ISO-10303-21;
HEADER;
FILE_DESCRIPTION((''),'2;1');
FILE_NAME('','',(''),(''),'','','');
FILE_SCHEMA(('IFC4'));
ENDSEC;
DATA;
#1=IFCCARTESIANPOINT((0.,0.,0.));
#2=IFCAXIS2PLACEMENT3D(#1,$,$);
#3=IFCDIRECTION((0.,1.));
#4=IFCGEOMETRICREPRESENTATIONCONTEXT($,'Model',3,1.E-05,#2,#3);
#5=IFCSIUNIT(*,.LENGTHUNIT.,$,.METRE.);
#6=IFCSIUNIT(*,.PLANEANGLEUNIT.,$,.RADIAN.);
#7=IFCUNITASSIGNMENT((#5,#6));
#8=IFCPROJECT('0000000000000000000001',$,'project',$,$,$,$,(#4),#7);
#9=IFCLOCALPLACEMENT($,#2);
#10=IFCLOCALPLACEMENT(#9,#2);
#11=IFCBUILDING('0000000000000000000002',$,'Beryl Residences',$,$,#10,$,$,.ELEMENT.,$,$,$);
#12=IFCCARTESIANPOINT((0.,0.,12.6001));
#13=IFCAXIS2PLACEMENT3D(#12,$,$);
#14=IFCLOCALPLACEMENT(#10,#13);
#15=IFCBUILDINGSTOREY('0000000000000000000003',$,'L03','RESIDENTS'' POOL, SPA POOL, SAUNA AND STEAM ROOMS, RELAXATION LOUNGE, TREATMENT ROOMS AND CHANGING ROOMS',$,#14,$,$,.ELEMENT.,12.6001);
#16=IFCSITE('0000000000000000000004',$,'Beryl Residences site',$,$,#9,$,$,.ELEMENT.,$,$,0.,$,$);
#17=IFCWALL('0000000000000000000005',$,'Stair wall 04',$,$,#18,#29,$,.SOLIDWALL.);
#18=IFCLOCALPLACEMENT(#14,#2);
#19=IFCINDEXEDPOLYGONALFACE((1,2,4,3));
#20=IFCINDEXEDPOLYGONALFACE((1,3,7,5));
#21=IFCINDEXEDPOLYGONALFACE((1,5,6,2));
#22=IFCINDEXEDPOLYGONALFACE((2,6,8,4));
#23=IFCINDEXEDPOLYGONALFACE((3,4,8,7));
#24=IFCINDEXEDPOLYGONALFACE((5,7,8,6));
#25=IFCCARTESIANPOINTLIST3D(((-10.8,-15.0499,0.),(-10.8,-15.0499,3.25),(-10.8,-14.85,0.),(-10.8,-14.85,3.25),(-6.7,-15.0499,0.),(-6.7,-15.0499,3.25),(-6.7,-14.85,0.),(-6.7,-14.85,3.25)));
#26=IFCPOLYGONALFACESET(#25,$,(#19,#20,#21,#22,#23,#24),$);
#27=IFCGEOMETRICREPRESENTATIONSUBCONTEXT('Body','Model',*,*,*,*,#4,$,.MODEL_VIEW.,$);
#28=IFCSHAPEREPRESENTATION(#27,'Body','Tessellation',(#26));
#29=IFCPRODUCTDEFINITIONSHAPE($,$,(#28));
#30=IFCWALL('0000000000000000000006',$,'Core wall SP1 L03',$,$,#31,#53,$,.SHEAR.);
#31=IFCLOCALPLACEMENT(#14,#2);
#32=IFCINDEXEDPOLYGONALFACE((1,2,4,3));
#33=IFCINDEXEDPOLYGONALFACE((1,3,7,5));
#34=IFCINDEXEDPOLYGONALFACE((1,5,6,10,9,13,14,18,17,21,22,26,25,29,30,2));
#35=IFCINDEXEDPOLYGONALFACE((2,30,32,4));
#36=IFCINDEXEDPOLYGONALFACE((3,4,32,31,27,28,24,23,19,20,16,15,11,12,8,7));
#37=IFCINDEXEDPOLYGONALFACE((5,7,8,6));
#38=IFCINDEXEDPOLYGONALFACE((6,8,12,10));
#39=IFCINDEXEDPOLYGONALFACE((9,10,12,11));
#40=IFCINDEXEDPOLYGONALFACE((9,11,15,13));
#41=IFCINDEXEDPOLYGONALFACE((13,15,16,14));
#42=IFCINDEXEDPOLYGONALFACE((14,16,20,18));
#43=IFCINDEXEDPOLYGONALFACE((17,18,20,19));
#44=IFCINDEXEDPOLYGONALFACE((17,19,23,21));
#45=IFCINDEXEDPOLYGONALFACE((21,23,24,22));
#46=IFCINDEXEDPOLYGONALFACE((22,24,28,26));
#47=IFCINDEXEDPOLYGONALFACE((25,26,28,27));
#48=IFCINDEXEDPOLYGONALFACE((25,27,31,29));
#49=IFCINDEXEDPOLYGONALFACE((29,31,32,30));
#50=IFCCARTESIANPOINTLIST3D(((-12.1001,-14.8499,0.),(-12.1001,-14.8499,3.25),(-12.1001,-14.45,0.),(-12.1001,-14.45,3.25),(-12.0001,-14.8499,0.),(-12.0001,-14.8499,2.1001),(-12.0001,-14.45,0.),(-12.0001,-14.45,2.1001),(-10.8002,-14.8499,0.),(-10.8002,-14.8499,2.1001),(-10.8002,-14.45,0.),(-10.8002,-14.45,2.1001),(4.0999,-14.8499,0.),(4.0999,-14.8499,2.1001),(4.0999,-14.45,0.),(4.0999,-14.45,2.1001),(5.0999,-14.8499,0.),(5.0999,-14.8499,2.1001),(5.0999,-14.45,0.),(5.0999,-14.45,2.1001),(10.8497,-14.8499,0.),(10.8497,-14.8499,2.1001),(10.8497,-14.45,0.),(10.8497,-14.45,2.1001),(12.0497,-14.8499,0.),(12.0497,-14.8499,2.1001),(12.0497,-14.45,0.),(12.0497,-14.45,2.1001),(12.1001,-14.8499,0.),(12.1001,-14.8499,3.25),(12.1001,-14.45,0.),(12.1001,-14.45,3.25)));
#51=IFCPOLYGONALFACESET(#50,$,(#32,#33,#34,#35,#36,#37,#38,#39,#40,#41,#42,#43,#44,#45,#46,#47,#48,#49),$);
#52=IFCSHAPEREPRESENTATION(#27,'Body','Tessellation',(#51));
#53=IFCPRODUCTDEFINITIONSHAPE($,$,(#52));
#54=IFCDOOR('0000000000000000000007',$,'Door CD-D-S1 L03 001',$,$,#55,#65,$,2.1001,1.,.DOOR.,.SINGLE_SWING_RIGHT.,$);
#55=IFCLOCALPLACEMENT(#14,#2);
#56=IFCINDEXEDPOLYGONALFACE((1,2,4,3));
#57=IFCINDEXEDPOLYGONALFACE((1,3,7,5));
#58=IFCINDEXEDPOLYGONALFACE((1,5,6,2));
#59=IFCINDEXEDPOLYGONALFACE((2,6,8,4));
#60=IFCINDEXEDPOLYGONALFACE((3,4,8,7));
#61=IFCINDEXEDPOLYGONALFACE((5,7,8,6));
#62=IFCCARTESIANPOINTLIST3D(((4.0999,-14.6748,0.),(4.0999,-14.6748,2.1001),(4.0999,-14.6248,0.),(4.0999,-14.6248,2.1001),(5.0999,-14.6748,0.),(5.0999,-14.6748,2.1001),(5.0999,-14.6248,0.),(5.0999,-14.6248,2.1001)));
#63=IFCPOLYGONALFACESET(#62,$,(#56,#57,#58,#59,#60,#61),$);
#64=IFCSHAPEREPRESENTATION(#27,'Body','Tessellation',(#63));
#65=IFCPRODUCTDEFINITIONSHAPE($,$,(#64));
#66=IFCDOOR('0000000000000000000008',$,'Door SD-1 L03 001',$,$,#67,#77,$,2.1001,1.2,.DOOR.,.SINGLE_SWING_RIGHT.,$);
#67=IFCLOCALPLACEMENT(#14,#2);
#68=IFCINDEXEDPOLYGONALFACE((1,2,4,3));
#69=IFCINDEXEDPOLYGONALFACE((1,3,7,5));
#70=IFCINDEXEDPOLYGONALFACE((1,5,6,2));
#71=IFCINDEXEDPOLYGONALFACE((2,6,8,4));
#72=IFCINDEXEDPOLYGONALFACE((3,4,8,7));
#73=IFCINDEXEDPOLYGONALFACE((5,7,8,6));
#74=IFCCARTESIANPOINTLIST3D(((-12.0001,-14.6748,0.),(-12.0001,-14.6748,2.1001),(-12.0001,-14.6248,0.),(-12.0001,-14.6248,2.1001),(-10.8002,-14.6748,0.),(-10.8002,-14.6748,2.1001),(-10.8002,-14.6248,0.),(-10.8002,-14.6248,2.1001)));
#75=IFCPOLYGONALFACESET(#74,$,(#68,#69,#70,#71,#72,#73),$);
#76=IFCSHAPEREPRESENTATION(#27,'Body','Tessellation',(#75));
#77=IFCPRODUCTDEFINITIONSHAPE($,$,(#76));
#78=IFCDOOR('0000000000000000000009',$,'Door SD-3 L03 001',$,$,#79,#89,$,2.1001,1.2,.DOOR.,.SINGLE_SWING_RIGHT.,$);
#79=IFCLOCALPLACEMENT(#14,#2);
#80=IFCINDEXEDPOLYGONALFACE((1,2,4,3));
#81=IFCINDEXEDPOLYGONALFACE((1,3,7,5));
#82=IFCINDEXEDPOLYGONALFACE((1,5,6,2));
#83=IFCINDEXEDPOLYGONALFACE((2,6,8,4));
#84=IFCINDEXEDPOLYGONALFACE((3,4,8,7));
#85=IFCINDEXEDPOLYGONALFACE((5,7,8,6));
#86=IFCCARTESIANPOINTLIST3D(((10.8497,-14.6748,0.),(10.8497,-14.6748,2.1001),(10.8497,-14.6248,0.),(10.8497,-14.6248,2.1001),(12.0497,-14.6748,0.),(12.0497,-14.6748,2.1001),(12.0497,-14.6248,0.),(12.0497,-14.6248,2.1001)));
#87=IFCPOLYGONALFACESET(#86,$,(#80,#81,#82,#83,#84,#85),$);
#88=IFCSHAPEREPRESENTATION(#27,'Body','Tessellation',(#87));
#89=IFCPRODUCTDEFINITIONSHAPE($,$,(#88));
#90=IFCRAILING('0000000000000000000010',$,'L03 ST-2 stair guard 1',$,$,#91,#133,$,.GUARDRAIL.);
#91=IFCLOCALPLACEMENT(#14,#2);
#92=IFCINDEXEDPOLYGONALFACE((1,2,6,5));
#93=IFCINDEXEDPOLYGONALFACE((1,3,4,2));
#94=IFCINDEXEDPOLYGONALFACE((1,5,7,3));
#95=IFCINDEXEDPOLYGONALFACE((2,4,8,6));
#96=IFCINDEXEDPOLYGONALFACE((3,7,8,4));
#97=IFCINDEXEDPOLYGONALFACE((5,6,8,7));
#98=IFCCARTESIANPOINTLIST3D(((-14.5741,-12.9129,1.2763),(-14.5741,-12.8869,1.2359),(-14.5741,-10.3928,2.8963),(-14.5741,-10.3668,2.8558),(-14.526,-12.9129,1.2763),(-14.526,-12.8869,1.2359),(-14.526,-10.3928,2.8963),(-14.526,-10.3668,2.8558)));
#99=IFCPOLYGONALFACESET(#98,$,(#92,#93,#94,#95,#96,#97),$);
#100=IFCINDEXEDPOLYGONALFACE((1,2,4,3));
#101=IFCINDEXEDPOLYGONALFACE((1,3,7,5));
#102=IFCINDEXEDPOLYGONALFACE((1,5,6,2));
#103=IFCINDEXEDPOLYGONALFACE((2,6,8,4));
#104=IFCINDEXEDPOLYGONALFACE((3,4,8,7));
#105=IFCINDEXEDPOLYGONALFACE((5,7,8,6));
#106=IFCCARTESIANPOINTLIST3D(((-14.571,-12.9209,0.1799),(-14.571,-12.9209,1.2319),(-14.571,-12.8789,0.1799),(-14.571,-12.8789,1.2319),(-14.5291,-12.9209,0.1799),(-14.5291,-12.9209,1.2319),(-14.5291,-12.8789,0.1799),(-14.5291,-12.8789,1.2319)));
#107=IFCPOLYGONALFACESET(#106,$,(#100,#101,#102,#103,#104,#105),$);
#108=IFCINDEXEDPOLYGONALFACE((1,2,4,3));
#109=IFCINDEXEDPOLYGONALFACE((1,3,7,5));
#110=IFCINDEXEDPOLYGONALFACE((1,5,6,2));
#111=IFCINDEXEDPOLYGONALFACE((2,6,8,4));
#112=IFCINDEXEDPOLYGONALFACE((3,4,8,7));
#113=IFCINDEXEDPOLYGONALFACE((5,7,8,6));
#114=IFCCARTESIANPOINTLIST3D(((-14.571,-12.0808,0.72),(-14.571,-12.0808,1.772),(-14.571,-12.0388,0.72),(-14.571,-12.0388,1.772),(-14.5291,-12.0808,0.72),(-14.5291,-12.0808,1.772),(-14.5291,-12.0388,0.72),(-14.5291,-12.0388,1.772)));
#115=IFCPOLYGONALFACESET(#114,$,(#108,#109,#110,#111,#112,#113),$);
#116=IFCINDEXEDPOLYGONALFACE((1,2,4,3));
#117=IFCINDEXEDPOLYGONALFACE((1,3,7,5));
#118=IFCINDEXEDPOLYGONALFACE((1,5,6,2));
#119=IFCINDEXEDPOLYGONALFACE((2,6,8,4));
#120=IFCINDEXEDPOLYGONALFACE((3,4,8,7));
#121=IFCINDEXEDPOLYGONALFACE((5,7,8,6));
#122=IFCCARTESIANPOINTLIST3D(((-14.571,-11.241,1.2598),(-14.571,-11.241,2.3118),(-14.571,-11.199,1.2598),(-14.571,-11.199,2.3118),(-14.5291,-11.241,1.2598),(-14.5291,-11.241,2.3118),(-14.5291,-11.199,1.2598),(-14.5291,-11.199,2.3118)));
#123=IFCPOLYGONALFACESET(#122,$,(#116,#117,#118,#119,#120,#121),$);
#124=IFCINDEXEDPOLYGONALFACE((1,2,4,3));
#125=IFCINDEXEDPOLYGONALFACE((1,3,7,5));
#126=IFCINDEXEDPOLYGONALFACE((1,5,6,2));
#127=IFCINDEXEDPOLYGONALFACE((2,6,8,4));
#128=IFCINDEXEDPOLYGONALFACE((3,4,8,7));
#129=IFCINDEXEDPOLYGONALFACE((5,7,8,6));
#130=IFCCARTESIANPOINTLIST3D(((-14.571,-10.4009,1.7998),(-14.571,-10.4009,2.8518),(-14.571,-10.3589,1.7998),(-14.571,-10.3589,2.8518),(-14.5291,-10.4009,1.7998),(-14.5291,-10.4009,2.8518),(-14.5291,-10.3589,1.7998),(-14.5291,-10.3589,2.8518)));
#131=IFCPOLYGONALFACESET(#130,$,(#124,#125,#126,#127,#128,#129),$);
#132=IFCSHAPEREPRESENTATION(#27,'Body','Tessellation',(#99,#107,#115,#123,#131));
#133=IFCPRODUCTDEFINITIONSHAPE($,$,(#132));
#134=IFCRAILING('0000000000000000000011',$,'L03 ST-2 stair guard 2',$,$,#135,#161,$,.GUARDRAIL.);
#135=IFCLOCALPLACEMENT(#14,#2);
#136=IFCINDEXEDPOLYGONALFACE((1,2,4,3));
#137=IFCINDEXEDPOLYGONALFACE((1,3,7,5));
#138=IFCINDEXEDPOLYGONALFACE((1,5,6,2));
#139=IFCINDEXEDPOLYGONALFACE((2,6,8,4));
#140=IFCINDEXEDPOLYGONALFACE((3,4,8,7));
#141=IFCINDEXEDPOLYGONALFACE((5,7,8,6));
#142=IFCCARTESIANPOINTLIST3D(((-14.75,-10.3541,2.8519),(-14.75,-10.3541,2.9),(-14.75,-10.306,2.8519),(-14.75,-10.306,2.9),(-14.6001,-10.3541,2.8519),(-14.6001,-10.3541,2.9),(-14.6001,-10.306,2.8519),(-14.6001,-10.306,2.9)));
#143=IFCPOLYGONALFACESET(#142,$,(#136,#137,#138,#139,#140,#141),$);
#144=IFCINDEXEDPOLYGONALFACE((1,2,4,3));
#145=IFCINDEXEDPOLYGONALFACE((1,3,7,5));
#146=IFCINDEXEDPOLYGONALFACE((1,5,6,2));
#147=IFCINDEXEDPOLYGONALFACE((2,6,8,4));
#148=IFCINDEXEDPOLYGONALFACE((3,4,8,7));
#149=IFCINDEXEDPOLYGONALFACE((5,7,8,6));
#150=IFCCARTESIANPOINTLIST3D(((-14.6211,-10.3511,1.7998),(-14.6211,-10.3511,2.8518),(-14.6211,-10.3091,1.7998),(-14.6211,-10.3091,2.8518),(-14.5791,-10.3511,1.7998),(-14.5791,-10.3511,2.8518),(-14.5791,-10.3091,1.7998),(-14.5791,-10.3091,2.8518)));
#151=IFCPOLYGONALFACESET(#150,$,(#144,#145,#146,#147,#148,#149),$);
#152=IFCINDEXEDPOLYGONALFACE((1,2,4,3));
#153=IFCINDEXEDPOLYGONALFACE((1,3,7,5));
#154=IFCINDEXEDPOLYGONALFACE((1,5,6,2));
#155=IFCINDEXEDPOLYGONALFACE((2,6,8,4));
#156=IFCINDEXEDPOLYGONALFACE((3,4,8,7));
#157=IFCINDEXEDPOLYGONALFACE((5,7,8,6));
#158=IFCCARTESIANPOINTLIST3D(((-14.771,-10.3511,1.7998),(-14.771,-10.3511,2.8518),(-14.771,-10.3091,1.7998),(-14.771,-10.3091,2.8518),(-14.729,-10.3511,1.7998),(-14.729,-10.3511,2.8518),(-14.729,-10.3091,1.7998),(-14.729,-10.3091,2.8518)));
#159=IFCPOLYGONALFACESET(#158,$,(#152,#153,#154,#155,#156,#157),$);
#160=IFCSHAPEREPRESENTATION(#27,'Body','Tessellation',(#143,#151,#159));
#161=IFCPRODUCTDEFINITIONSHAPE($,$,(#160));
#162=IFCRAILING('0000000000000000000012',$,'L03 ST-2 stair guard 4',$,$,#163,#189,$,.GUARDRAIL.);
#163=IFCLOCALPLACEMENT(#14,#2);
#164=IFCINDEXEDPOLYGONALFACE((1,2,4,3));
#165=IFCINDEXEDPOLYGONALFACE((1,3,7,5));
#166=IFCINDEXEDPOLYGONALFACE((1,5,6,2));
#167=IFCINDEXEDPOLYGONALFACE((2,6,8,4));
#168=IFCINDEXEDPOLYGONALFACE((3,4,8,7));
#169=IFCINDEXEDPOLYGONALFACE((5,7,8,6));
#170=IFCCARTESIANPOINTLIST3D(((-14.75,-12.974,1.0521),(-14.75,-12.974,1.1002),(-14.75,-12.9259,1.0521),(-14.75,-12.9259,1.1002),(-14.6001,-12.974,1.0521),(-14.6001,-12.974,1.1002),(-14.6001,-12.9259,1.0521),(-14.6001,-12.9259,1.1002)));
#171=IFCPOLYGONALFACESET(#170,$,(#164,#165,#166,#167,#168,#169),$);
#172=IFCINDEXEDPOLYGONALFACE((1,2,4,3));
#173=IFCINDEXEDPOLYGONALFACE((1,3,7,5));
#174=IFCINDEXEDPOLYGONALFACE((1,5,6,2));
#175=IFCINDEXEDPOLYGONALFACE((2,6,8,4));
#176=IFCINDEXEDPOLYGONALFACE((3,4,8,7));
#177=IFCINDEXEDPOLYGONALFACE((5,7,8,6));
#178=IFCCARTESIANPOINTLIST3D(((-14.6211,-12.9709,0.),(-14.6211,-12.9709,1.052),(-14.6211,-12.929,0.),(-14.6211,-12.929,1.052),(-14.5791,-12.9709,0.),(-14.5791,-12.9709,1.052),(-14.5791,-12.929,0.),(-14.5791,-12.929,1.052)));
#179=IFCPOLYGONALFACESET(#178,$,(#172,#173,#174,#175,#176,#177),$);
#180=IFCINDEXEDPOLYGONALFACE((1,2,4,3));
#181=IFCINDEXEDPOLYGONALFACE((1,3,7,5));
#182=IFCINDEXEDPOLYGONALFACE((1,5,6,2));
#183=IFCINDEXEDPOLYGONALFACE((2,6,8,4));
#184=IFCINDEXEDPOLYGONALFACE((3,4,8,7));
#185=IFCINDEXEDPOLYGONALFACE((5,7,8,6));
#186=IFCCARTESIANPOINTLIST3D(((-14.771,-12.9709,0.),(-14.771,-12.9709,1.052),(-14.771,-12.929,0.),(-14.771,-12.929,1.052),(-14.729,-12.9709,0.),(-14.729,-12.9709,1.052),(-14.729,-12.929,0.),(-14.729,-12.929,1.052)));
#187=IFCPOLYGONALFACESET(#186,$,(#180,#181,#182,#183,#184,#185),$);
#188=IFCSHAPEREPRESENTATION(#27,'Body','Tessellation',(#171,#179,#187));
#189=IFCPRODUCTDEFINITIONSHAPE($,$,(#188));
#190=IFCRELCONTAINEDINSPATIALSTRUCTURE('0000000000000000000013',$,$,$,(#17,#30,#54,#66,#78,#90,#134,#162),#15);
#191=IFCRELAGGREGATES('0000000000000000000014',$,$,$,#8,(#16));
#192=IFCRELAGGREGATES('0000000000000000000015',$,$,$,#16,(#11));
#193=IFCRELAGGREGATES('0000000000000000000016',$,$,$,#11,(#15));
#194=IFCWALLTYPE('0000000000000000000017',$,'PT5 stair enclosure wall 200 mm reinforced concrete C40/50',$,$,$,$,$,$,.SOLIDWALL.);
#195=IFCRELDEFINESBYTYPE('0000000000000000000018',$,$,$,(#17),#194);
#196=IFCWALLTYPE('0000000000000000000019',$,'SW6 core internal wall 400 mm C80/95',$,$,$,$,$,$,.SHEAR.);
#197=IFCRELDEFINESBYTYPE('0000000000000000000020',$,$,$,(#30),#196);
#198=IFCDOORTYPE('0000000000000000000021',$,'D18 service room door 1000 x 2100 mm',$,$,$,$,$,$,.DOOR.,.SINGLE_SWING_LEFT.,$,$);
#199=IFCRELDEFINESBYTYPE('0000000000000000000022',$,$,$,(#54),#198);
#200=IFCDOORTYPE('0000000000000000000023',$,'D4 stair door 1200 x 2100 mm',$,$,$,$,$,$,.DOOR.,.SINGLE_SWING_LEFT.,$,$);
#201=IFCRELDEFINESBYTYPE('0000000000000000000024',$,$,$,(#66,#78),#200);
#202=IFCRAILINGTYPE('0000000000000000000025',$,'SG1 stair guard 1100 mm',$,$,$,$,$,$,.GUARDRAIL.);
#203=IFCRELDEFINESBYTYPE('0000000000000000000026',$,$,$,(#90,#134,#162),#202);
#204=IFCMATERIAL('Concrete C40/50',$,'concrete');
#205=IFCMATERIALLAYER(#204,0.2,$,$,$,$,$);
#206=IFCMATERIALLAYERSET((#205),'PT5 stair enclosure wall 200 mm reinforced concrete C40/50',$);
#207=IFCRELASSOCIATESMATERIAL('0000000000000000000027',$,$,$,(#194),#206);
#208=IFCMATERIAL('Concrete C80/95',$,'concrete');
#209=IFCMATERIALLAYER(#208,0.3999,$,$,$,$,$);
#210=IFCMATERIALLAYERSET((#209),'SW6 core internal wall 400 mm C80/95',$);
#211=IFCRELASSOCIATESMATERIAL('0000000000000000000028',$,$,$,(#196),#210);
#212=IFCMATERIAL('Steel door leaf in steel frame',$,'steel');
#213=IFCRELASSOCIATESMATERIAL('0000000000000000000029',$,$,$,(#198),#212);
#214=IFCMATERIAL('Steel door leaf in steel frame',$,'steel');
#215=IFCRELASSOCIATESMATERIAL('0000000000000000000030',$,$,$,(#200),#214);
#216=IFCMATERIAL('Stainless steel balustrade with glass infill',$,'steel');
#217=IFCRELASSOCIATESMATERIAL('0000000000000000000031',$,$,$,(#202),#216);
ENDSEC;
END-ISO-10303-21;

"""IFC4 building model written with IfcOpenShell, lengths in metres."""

from ifc_helpers import new_model, si_unit, direction, frame, frame_2d, origin, origin_2d, place, context, subcontext, project, spatial, rectangle, extrude, material, layer, layer_set, type_object, element, fill, save


model = new_model("IFC4")

# Units and contexts
model_context = context("Model", 3, precision=1e-05, world=origin(), true_north=direction((0.0, 1.0)))
body_context = subcontext(model_context, "Body", "Model", "MODEL_VIEW")
ifc_project = project(units=[si_unit("LENGTHUNIT", "METRE"), si_unit("PLANEANGLEUNIT", "RADIAN")], contexts=[model_context])

# Site, building, storey
site_placement = place(None, origin())
site = spatial("IfcSite", under=ifc_project, at=site_placement, Name="Beryl Residences site", CompositionType="ELEMENT", RefElevation=0.0)
building_placement = place(site_placement, origin())
building = spatial("IfcBuilding", under=site, at=building_placement, Name="Beryl Residences", CompositionType="ELEMENT")
storey_placement = place(building_placement, frame((0.0, 0.0, 12.6001)))
storey = spatial("IfcBuildingStorey", under=building, at=storey_placement, Name="L03", Description="RESIDENTS' POOL, SPA POOL, SAUNA AND STEAM ROOMS, RELAXATION LOUNGE, TREATMENT ROOMS AND CHANGING ROOMS", CompositionType="ELEMENT", Elevation=12.6001)

# Wall
ifc_material_1 = material(Name="Concrete C40/50", Category="concrete")
ifc_layer_1 = layer(ifc_material_1, 0.2)
ifc_layer_set_1 = layer_set([ifc_layer_1], Name="PT5 stair enclosure wall 200 mm reinforced concrete C40/50")
wall_type_1 = type_object("IfcWallType", Name="PT5 stair enclosure wall 200 mm reinforced concrete C40/50", PredefinedType="SOLIDWALL", material=ifc_layer_set_1)
wall_1_placement = place(storey_placement, frame((-10.8, -14.95, 0.0), z_axis=(0.0, 0.0, 1.0), x_axis=(1.0, 0.0, 0.0)))
element("IfcWall", 1, at=wall_1_placement, inside=storey, type_object=wall_type_1, Name="Stair wall 04", PredefinedType="SOLIDWALL", context=body_context, shape_type="SweptSolid", body=[
    extrude(rectangle(XDim=4.1001, YDim=0.2, at=frame_2d((2.05, 0.0))), origin(), (0.0, 0.0, 1.0), 3.25),
])

# Wall, openings, doors
ifc_material_2 = material(Name="Concrete C80/95", Category="concrete")
ifc_layer_2 = layer(ifc_material_2, 0.3999)
ifc_layer_set_2 = layer_set([ifc_layer_2], Name="SW6 core internal wall 400 mm C80/95")
wall_type_2 = type_object("IfcWallType", Name="SW6 core internal wall 400 mm C80/95", PredefinedType="SHEAR", material=ifc_layer_set_2)
wall_2_placement = place(storey_placement, frame((-12.1001, -14.6499, 0.0), z_axis=(0.0, 0.0, 1.0), x_axis=(1.0, 0.0, 0.0)))
wall_2 = element("IfcWall", 2, at=wall_2_placement, inside=storey, type_object=wall_type_2, Name="Core wall SP1 L03", PredefinedType="SHEAR", context=body_context, shape_type="SweptSolid", body=[
    extrude(rectangle(XDim=24.2002, YDim=0.3999, at=frame_2d((12.1001, 0.0))), origin(), (0.0, 0.0, 1.0), 3.25),
])
opening_1_placement = place(wall_2_placement, frame((1.3, 0.0, 0.0), z_axis=(0.0, 0.0, 1.0), x_axis=(-1.0, 0.0, 0.0)))
opening_1 = element("IfcOpeningElement", 3, at=opening_1_placement, cuts=wall_2, PredefinedType="OPENING", context=body_context, shape_type="SweptSolid", body=[
    extrude(rectangle(XDim=1.2, YDim=2.1001, at=frame_2d((0.6001, 1.05))), frame((0.0, 0.21, 0.0), z_axis=(0.0, -1.0, 0.0), x_axis=(1.0, 0.0, 0.0)), (0.0, 0.0, 1.0), 0.4199),
])
opening_2_placement = place(wall_2_placement, frame((24.1499, 0.0, 0.0), z_axis=(0.0, 0.0, 1.0), x_axis=(-1.0, 0.0, 0.0)))
opening_2 = element("IfcOpeningElement", 4, at=opening_2_placement, cuts=wall_2, PredefinedType="OPENING", context=body_context, shape_type="SweptSolid", body=[
    extrude(rectangle(XDim=1.2, YDim=2.1001, at=frame_2d((0.6001, 1.05))), frame((0.0, 0.21, 0.0), z_axis=(0.0, -1.0, 0.0), x_axis=(1.0, 0.0, 0.0)), (0.0, 0.0, 1.0), 0.4199),
])
opening_3_placement = place(wall_2_placement, frame((17.2, 0.0, 0.0), z_axis=(0.0, 0.0, 1.0), x_axis=(-1.0, 0.0, 0.0)))
opening_3 = element("IfcOpeningElement", 5, at=opening_3_placement, cuts=wall_2, PredefinedType="OPENING", context=body_context, shape_type="SweptSolid", body=[
    extrude(rectangle(XDim=1.0, YDim=2.1001, at=frame_2d((0.5, 1.05))), frame((0.0, 0.21, 0.0), z_axis=(0.0, -1.0, 0.0), x_axis=(1.0, 0.0, 0.0)), (0.0, 0.0, 1.0), 0.4199),
])
ifc_material_3 = material(Name="Steel door leaf in steel frame", Category="steel")
door_type_1 = type_object("IfcDoorType", Name="D18 service room door 1000 x 2100 mm", OperationType="SINGLE_SWING_LEFT", PredefinedType="DOOR", material=ifc_material_3)
door_1_placement = place(opening_3_placement, origin())
door_1 = element("IfcDoor", 6, at=door_1_placement, inside=storey, type_object=door_type_1, Name="Door CD-D-S1 L03 001", OperationType="SINGLE_SWING_RIGHT", OverallHeight=2.1001, OverallWidth=1.0, PredefinedType="DOOR", context=body_context, shape_type="SweptSolid", body=[
    extrude(rectangle(XDim=1.0, YDim=2.1001, at=frame_2d((0.5, 1.05))), frame((0.0, 0.0249, 0.0), z_axis=(0.0, -1.0, 0.0), x_axis=(1.0, 0.0, 0.0)), (0.0, 0.0, 1.0), 0.05),
])
fill(opening_3, door_1)
ifc_material_4 = material(Name="Steel door leaf in steel frame", Category="steel")
door_type_2 = type_object("IfcDoorType", Name="D4 stair door 1200 x 2100 mm", OperationType="SINGLE_SWING_LEFT", PredefinedType="DOOR", material=ifc_material_4)
door_2_placement = place(opening_1_placement, origin())
door_2 = element("IfcDoor", 7, at=door_2_placement, inside=storey, type_object=door_type_2, Name="Door SD-1 L03 001", OperationType="SINGLE_SWING_RIGHT", OverallHeight=2.1001, OverallWidth=1.2, PredefinedType="DOOR", context=body_context, shape_type="SweptSolid", body=[
    extrude(rectangle(XDim=1.2, YDim=2.1001, at=frame_2d((0.6001, 1.05))), frame((0.0, 0.0249, 0.0), z_axis=(0.0, -1.0, 0.0), x_axis=(1.0, 0.0, 0.0)), (0.0, 0.0, 1.0), 0.05),
])
fill(opening_1, door_2)
door_3_placement = place(opening_2_placement, origin())
door_3 = element("IfcDoor", 8, at=door_3_placement, inside=storey, type_object=door_type_2, Name="Door SD-3 L03 001", OperationType="SINGLE_SWING_RIGHT", OverallHeight=2.1001, OverallWidth=1.2, PredefinedType="DOOR", context=body_context, shape_type="SweptSolid", body=[
    extrude(rectangle(XDim=1.2, YDim=2.1001, at=frame_2d((0.6001, 1.05))), frame((0.0, 0.0249, 0.0), z_axis=(0.0, -1.0, 0.0), x_axis=(1.0, 0.0, 0.0)), (0.0, 0.0, 1.0), 0.05),
])
fill(opening_2, door_3)

# Railings
ifc_material_5 = material(Name="Stainless steel balustrade with glass infill", Category="steel")
railing_type_1 = type_object("IfcRailingType", Name="SG1 stair guard 1100 mm", PredefinedType="GUARDRAIL", material=ifc_material_5)
railing_1_placement = place(storey_placement, frame((-14.55, -12.8999, 0.1799)))
element("IfcRailing", 9, at=railing_1_placement, inside=storey, type_object=railing_type_1, Name="L03 ST-2 stair guard 1", PredefinedType="GUARDRAIL", context=body_context, shape_type="SweptSolid", body=[
    extrude(rectangle(XDim=0.0481, YDim=0.0481, at=origin_2d()), frame((0.0, 0.0, 1.0762), z_axis=(0.0, 0.8412, 0.540725), x_axis=(-1.0, 0.0, 0.0)), (0.0, 0.0, 1.0), 2.9958),
    extrude(rectangle(XDim=0.042, YDim=0.042, at=origin_2d()), origin(), (0.0, 0.0, 1.0), 1.052),
    extrude(rectangle(XDim=0.042, YDim=0.042, at=origin_2d()), frame((0.0, 0.8401, 0.54)), (0.0, 0.0, 1.0), 1.052),
    extrude(rectangle(XDim=0.042, YDim=0.042, at=origin_2d()), frame((0.0, 1.6799, 1.0798)), (0.0, 0.0, 1.0), 1.052),
    extrude(rectangle(XDim=0.042, YDim=0.042, at=origin_2d()), frame((0.0, 2.52, 1.6199)), (0.0, 0.0, 1.0), 1.052),
])
for number, where, name in (
    (10, (-14.6001, -10.3301, 1.7998), "L03 ST-2 stair guard 2"),
    (11, (-14.6001, -12.95, 0.0), "L03 ST-2 stair guard 4"),
):
    element("IfcRailing", number, at=place(storey_placement, frame(where)), inside=storey, type_object=railing_type_1, Name=name, PredefinedType="GUARDRAIL", context=body_context, shape_type="SweptSolid", body=[
        extrude(rectangle(XDim=0.0481, YDim=0.0481, at=origin_2d()), frame((0.0, 0.0, 1.0762), z_axis=(-1.0, 0.0, 0.0), x_axis=(0.0, -1.0, 0.0)), (0.0, 0.0, 1.0), 0.1499),
        extrude(rectangle(XDim=0.042, YDim=0.042, at=origin_2d()), origin(), (0.0, 0.0, 1.0), 1.052),
        extrude(rectangle(XDim=0.042, YDim=0.042, at=origin_2d()), frame((-0.1499, 0.0, 0.0)), (0.0, 0.0, 1.0), 1.052),
    ])

save(model, "model.ifc")
